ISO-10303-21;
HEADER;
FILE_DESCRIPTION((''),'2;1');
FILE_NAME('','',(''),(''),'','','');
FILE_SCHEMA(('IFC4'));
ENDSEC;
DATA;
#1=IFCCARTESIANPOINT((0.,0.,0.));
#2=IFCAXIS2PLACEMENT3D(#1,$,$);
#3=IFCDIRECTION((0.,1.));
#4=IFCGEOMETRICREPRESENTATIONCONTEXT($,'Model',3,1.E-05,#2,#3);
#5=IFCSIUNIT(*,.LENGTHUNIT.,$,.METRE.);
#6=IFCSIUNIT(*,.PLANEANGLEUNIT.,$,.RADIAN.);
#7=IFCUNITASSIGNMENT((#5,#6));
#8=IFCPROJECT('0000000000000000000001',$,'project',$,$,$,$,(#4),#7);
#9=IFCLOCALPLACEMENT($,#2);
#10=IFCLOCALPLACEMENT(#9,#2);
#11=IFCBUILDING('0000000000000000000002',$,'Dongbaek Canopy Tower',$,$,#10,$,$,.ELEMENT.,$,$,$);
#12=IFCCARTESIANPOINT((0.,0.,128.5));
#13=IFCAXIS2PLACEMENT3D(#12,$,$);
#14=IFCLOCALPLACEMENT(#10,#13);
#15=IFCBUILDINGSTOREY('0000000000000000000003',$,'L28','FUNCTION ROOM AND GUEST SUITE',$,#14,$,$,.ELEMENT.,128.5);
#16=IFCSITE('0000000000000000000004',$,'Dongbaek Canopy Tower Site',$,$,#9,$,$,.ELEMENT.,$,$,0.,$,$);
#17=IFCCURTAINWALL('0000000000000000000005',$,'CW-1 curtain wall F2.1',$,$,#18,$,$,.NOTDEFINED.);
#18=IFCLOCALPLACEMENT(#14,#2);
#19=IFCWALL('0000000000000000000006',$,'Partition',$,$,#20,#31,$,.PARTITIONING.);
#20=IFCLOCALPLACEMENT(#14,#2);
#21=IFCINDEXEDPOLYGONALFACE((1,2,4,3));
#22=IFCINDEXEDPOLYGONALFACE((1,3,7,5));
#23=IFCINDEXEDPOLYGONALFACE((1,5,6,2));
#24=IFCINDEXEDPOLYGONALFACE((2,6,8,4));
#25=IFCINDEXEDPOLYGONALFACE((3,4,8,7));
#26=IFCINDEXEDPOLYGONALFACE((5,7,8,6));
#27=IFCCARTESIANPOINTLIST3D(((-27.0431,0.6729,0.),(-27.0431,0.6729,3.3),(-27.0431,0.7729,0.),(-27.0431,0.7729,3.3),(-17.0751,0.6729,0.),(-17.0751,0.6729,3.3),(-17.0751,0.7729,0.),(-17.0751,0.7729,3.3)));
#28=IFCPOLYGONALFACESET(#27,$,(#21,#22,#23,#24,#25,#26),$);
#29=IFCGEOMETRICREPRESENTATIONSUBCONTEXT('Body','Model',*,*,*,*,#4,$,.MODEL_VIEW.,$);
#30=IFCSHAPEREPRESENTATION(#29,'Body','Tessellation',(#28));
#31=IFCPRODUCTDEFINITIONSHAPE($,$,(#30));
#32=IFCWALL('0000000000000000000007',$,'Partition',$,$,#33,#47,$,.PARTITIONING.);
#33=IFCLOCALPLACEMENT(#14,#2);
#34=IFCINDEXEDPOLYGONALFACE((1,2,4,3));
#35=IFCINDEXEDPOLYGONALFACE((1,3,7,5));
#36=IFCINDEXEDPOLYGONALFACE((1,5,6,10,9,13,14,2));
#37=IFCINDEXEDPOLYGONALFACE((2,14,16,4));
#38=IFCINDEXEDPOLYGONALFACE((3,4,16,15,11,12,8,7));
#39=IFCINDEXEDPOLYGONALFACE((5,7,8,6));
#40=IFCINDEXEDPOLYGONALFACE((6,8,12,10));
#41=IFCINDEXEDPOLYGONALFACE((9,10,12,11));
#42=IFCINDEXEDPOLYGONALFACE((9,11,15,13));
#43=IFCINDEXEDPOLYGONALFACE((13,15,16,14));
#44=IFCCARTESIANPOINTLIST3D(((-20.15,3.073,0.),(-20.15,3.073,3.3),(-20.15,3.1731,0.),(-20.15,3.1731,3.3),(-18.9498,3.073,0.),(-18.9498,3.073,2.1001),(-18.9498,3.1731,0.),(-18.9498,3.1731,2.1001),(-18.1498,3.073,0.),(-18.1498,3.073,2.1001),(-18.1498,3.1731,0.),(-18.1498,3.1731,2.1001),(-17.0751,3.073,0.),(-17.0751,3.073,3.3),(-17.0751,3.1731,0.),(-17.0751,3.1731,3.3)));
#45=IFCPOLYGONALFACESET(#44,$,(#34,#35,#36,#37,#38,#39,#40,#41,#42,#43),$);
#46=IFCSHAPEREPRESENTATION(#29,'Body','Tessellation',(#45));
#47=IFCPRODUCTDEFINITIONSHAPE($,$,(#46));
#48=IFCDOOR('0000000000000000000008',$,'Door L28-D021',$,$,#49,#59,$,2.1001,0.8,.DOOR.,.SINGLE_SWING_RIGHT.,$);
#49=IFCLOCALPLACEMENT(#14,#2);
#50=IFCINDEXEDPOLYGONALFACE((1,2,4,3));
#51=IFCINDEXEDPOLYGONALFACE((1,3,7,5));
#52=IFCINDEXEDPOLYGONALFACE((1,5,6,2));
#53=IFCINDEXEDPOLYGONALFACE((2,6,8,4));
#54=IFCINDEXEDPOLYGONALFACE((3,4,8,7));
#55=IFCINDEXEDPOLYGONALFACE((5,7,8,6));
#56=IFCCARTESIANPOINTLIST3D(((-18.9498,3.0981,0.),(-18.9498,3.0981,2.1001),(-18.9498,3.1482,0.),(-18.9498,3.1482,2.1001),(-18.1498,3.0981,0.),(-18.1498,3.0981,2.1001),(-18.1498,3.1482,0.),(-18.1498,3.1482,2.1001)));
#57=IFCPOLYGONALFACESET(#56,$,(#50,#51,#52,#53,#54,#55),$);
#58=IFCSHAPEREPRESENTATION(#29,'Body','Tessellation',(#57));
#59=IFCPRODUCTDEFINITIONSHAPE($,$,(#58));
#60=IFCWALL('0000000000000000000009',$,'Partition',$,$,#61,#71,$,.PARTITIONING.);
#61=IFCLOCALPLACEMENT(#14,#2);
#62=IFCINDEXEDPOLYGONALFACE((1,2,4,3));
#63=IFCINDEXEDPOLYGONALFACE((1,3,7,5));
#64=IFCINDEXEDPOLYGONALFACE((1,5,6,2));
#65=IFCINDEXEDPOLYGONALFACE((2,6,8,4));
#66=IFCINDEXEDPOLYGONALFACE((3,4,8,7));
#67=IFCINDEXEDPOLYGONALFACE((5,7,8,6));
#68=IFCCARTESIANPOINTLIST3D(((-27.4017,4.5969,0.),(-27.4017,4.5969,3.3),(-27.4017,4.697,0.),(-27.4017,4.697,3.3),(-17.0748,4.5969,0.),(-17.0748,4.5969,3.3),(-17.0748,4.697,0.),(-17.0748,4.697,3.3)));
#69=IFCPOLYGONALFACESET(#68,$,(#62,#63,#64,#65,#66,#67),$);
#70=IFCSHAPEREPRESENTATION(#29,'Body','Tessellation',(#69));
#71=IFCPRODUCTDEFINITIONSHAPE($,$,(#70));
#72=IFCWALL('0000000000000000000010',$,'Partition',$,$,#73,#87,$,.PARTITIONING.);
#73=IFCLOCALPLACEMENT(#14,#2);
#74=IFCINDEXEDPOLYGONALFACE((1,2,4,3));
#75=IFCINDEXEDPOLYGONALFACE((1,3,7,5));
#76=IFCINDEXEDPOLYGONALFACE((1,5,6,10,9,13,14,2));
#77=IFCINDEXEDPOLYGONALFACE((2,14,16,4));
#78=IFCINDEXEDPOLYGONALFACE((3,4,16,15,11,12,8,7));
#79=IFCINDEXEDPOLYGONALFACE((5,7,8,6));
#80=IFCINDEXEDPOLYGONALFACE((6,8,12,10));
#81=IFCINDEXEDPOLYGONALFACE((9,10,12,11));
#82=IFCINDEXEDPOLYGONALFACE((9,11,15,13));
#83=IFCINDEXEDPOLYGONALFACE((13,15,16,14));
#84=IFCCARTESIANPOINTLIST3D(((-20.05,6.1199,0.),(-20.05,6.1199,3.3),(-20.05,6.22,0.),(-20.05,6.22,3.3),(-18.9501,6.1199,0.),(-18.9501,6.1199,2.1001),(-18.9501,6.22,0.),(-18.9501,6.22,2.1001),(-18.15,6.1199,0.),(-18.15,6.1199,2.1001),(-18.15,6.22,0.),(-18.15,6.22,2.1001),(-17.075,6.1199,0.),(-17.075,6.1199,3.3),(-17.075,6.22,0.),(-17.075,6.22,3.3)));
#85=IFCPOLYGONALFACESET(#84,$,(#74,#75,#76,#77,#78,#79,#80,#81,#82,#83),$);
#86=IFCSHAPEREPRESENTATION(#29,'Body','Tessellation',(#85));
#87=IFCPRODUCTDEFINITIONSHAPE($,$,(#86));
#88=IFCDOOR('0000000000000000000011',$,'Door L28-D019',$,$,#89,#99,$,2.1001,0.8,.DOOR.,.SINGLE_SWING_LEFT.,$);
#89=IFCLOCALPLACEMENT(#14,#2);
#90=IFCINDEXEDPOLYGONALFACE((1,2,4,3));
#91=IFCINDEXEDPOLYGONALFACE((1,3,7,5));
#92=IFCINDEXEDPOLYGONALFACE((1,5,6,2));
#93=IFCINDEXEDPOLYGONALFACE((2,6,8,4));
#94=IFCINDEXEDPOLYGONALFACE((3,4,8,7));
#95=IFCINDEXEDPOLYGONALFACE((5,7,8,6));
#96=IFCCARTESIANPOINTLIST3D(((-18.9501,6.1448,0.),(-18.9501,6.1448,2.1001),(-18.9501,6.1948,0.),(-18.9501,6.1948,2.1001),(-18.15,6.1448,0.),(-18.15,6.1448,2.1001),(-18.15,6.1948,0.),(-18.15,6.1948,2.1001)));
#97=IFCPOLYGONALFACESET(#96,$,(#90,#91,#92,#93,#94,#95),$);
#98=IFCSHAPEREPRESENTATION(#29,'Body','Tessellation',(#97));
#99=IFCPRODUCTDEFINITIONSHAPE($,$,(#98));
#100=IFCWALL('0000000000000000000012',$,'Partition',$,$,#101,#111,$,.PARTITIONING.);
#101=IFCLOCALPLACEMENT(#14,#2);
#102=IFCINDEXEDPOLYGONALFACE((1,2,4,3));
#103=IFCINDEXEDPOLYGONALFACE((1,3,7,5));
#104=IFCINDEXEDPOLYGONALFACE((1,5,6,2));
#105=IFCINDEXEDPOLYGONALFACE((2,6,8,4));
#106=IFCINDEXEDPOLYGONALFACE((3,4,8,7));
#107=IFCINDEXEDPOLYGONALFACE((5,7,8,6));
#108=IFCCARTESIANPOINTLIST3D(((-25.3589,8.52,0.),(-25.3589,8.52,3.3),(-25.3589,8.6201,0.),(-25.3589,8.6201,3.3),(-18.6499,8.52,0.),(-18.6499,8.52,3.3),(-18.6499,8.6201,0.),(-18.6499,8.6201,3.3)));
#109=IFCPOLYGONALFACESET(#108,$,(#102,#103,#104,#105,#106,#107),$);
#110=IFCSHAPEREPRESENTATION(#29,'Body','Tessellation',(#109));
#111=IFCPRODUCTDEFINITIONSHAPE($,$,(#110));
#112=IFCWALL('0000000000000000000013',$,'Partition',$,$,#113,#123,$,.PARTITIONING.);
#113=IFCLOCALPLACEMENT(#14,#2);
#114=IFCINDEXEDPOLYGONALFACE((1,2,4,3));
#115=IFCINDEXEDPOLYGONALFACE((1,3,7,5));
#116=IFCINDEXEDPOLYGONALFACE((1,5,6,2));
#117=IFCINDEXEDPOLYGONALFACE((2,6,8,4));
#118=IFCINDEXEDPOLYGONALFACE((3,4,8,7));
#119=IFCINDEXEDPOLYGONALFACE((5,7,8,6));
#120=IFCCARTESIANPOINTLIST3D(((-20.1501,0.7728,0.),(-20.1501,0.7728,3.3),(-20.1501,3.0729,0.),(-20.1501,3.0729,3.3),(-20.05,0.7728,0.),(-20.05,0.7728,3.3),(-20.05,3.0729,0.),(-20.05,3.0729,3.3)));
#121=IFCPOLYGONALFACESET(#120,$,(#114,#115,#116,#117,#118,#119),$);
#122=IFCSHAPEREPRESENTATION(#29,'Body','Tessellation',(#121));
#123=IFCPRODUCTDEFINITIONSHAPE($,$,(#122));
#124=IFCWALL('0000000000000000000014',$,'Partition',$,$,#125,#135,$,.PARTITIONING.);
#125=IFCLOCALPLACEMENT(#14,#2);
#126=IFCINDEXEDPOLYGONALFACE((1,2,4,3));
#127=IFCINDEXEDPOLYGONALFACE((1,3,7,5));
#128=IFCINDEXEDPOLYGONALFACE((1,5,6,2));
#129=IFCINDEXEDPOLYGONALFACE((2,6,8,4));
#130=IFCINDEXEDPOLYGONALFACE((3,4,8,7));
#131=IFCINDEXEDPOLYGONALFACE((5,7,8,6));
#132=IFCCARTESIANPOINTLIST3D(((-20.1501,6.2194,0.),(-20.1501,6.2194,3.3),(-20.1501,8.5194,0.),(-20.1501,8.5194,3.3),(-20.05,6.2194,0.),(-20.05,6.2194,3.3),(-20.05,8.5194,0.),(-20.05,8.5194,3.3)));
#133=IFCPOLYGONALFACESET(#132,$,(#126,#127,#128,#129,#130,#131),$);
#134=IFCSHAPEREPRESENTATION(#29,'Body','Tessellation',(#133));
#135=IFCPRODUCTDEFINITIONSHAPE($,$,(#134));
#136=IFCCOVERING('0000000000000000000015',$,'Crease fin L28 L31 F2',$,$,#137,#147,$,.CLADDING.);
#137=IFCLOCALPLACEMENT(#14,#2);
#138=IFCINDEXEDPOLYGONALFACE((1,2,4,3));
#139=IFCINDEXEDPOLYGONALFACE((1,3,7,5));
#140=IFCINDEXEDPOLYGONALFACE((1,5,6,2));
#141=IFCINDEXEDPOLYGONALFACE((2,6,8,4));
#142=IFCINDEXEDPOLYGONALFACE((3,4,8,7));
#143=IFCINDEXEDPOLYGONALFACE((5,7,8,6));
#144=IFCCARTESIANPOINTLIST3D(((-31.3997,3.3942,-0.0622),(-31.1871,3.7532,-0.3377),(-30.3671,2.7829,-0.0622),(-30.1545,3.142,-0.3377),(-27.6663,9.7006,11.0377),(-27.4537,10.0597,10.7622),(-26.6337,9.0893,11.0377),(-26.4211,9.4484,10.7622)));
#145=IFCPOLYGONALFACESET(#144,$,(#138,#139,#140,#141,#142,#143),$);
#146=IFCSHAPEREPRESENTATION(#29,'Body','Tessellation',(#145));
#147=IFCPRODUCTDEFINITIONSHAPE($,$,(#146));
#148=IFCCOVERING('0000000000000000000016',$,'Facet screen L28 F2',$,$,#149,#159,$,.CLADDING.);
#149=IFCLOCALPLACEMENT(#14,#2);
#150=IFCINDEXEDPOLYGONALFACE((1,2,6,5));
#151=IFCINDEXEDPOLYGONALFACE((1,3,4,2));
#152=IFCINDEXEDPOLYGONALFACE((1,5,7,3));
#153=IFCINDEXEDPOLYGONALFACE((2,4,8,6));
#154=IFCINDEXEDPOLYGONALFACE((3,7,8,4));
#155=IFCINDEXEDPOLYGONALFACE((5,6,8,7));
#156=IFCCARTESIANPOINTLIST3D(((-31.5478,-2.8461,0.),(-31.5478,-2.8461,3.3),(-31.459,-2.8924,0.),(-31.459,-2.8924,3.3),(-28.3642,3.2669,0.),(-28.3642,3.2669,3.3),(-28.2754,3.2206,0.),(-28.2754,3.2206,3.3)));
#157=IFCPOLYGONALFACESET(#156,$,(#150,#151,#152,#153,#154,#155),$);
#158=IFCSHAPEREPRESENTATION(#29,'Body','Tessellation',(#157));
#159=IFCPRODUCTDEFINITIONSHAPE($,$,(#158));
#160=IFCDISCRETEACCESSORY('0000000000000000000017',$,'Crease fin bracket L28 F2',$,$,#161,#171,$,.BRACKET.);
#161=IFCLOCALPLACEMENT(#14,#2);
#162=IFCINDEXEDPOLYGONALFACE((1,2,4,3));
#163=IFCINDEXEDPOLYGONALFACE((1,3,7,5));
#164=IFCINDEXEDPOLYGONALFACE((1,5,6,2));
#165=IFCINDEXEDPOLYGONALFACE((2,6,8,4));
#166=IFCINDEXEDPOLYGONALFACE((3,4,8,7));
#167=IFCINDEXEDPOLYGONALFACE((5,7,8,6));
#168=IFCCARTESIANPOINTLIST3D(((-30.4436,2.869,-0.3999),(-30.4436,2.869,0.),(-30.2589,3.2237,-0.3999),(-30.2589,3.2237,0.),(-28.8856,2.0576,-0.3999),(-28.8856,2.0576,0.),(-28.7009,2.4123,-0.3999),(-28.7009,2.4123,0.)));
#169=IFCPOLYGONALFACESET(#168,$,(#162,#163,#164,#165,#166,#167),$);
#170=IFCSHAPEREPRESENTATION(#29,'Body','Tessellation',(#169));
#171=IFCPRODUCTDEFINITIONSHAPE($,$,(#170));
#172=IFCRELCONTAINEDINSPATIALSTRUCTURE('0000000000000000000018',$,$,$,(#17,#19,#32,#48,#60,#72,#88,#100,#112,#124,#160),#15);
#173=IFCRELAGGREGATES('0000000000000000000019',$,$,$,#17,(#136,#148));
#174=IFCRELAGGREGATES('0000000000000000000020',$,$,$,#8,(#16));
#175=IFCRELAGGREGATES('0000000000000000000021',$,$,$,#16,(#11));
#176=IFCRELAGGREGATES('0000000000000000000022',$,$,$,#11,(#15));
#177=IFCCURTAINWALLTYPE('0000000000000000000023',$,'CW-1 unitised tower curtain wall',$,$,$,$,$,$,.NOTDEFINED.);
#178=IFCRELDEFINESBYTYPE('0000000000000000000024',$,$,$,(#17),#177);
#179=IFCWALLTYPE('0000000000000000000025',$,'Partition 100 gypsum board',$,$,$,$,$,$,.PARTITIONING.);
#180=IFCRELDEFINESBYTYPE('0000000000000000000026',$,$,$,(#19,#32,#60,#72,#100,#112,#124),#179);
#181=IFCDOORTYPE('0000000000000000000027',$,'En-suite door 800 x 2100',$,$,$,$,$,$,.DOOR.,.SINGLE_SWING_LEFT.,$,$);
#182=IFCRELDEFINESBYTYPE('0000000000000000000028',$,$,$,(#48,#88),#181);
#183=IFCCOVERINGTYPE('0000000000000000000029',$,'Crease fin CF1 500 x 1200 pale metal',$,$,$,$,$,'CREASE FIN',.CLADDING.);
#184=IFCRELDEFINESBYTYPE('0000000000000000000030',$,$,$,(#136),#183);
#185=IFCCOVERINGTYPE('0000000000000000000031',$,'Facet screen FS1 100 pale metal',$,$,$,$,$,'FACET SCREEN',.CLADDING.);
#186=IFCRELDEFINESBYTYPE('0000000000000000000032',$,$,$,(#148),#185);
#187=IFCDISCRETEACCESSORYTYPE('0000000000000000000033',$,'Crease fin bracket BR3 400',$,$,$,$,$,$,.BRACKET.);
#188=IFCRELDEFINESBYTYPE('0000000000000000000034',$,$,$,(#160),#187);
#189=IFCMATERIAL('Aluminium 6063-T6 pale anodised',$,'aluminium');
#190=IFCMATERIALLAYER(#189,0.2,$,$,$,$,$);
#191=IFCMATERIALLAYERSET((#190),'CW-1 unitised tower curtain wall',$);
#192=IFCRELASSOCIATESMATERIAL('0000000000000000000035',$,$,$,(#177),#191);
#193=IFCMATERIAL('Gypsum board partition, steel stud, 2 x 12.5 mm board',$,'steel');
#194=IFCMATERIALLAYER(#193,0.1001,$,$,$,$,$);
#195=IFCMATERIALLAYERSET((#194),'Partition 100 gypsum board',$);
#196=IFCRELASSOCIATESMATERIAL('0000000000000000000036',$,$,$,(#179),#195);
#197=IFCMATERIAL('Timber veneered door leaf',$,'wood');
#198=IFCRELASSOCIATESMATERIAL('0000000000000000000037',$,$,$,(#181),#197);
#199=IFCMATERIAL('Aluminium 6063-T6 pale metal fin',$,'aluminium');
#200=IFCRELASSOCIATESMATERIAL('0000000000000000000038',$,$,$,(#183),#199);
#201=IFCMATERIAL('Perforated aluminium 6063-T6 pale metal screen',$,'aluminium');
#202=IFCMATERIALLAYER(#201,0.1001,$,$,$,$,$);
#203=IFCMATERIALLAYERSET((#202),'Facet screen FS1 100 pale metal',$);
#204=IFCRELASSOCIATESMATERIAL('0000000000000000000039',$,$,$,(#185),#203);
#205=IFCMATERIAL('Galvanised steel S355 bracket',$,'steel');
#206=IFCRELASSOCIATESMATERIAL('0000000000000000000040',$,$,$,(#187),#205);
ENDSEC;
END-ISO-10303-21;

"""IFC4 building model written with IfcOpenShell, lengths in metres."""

from ifc_helpers import new_model, si_unit, direction, frame, frame_2d, origin, origin_2d, place, context, subcontext, project, spatial, rectangle, extrude, material, layer, layer_set, material_profile, profile_set, type_object, element, fill, aggregate, save


model = new_model("IFC4")

# Units and contexts
model_context = context("Model", 3, precision=1e-05, world=origin(), true_north=direction((0.0, 1.0)))
body_context = subcontext(model_context, "Body", "Model", "MODEL_VIEW")
ifc_project = project(units=[si_unit("LENGTHUNIT", "METRE"), si_unit("PLANEANGLEUNIT", "RADIAN")], contexts=[model_context])

# Site, building, storey
site_placement = place(None, origin())
site = spatial("IfcSite", under=ifc_project, at=site_placement, Name="Dongbaek Canopy Tower Site", CompositionType="ELEMENT", RefElevation=0.0)
building_placement = place(site_placement, origin())
building = spatial("IfcBuilding", under=site, at=building_placement, Name="Dongbaek Canopy Tower", CompositionType="ELEMENT")
storey_placement = place(building_placement, frame((0.0, 0.0, 128.5)))
storey = spatial("IfcBuildingStorey", under=building, at=storey_placement, Name="L28", Description="FUNCTION ROOM AND GUEST SUITE", CompositionType="ELEMENT", Elevation=128.5)

# Curtain wall
ifc_material_1 = material(Name="Aluminium 6063-T6 pale anodised", Category="aluminium")
ifc_layer_1 = layer(ifc_material_1, 0.2)
ifc_layer_set_1 = layer_set([ifc_layer_1], Name="CW-1 unitised tower curtain wall")
curtain_wall_type = type_object("IfcCurtainWallType", Name="CW-1 unitised tower curtain wall", PredefinedType="NOTDEFINED", material=ifc_layer_set_1)
curtain_wall_placement = place(storey_placement, origin())
curtain_wall = element("IfcCurtainWall", 1, at=curtain_wall_placement, inside=storey, type_object=curtain_wall_type, Name="CW-1 curtain wall F2.1", PredefinedType="NOTDEFINED")

# Wall
ifc_material_2 = material(Name="Gypsum board partition, steel stud, 2 x 12.5 mm board", Category="steel")
ifc_layer_2 = layer(ifc_material_2, 0.1001)
ifc_layer_set_2 = layer_set([ifc_layer_2], Name="Partition 100 gypsum board")
wall_type = type_object("IfcWallType", Name="Partition 100 gypsum board", PredefinedType="PARTITIONING", material=ifc_layer_set_2)
wall_1_placement = place(storey_placement, frame((-27.043, 0.7229, 0.0), z_axis=(0.0, 0.0, 1.0), x_axis=(1.0, 0.0, 0.0)))
element("IfcWall", 2, at=wall_1_placement, inside=storey, type_object=wall_type, Name="Partition", PredefinedType="PARTITIONING", context=body_context, shape_type="SweptSolid", body=[
    extrude(rectangle(XDim=9.968, YDim=0.1001, at=frame_2d((4.9839, 0.0))), origin(), (0.0, 0.0, 1.0), 3.3),
])

# Wall, opening, door
wall_2_placement = place(storey_placement, frame((-17.075, 3.123, 0.0), z_axis=(0.0, 0.0, 1.0), x_axis=(-1.0, 0.0, 0.0)))
wall_2 = element("IfcWall", 3, at=wall_2_placement, inside=storey, type_object=wall_type, Name="Partition", PredefinedType="PARTITIONING", context=body_context, shape_type="SweptSolid", body=[
    extrude(rectangle(XDim=3.075, YDim=0.1001, at=frame_2d((1.5376, 0.0))), origin(), (0.0, 0.0, 1.0), 3.3),
])
opening_1_placement = place(wall_2_placement, frame((1.075, 0.0, 0.0)))
opening_1 = element("IfcOpeningElement", 4, at=opening_1_placement, cuts=wall_2, PredefinedType="OPENING", context=body_context, shape_type="SweptSolid", body=[
    extrude(rectangle(XDim=0.8, YDim=2.1001, at=frame_2d((0.3999, 1.05))), frame((0.0, 0.0601, 0.0), z_axis=(0.0, -1.0, 0.0), x_axis=(1.0, 0.0, 0.0)), (0.0, 0.0, 1.0), 0.1201),
])
ifc_material_3 = material(Name="Timber veneered door leaf", Category="wood")
door_type = type_object("IfcDoorType", Name="En-suite door 800 x 2100", OperationType="SINGLE_SWING_LEFT", PredefinedType="DOOR", material=ifc_material_3)
door_1_placement = place(opening_1_placement, origin())
door_1 = element("IfcDoor", 5, at=door_1_placement, inside=storey, type_object=door_type, Name="Door L28-D021", OperationType="SINGLE_SWING_RIGHT", OverallHeight=2.1001, OverallWidth=0.8, PredefinedType="DOOR", context=body_context, shape_type="SweptSolid", body=[
    extrude(rectangle(XDim=0.8, YDim=2.1001, at=frame_2d((0.3999, 1.05))), frame((0.0, 0.0249, 0.0), z_axis=(0.0, -1.0, 0.0), x_axis=(1.0, 0.0, 0.0)), (0.0, 0.0, 1.0), 0.05),
])
fill(opening_1, door_1)

# Wall
wall_3_placement = place(storey_placement, frame((-27.4019, 4.647, 0.0), z_axis=(0.0, 0.0, 1.0), x_axis=(1.0, 0.0, 0.0)))
element("IfcWall", 6, at=wall_3_placement, inside=storey, type_object=wall_type, Name="Partition", PredefinedType="PARTITIONING", context=body_context, shape_type="SweptSolid", body=[
    extrude(rectangle(XDim=10.3269, YDim=0.1001, at=frame_2d((5.1636, 0.0))), origin(), (0.0, 0.0, 1.0), 3.3),
])

# Wall, opening, door
wall_4_placement = place(storey_placement, frame((-20.05, 6.1699, 0.0), z_axis=(0.0, 0.0, 1.0), x_axis=(1.0, 0.0, 0.0)))
wall_4 = element("IfcWall", 7, at=wall_4_placement, inside=storey, type_object=wall_type, Name="Partition", PredefinedType="PARTITIONING", context=body_context, shape_type="SweptSolid", body=[
    extrude(rectangle(XDim=2.9751, YDim=0.1001, at=frame_2d((1.4875, 0.0))), origin(), (0.0, 0.0, 1.0), 3.3),
])
opening_2_placement = place(wall_4_placement, frame((1.1001, 0.0, 0.0)))
opening_2 = element("IfcOpeningElement", 8, at=opening_2_placement, cuts=wall_4, PredefinedType="OPENING", context=body_context, shape_type="SweptSolid", body=[
    extrude(rectangle(XDim=0.8, YDim=2.1001, at=frame_2d((0.3999, 1.05))), frame((0.0, 0.0601, 0.0), z_axis=(0.0, -1.0, 0.0), x_axis=(1.0, 0.0, 0.0)), (0.0, 0.0, 1.0), 0.1201),
])
door_2_placement = place(opening_2_placement, origin())
door_2 = element("IfcDoor", 9, at=door_2_placement, inside=storey, type_object=door_type, Name="Door L28-D019", OperationType="SINGLE_SWING_LEFT", OverallHeight=2.1001, OverallWidth=0.8, PredefinedType="DOOR", context=body_context, shape_type="SweptSolid", body=[
    extrude(rectangle(XDim=0.8, YDim=2.1001, at=frame_2d((0.3999, 1.05))), frame((0.0, 0.0249, 0.0), z_axis=(0.0, -1.0, 0.0), x_axis=(1.0, 0.0, 0.0)), (0.0, 0.0, 1.0), 0.05),
])
fill(opening_2, door_2)

# Walls
wall_5_placement = place(storey_placement, frame((-25.3589, 8.5701, 0.0), z_axis=(0.0, 0.0, 1.0), x_axis=(1.0, 0.0, 0.0)))
element("IfcWall", 10, at=wall_5_placement, inside=storey, type_object=wall_type, Name="Partition", PredefinedType="PARTITIONING", context=body_context, shape_type="SweptSolid", body=[
    extrude(rectangle(XDim=6.709, YDim=0.1001, at=frame_2d((3.3545, 0.0))), origin(), (0.0, 0.0, 1.0), 3.3),
])
for number, where, z_axis, x_axis, name in (
    (11, (-20.1001, 0.7729, 0.0), (0.0, 0.0, 1.0), (0.0, 1.0, 0.0), "Partition"),
    (12, (-20.1001, 6.2195, 0.0), (0.0, 0.0, 1.0), (0.0, 1.0, 0.0), "Partition"),
):
    element("IfcWall", number, at=place(storey_placement, frame(where, z_axis=z_axis, x_axis=x_axis)), inside=storey, type_object=wall_type, Name=name, PredefinedType="PARTITIONING", context=body_context, shape_type="SweptSolid", body=[
        extrude(rectangle(XDim=2.3, YDim=0.1001, at=frame_2d((1.1499, 0.0))), origin(), (0.0, 0.0, 1.0), 3.3),
    ])

# Coverings
ifc_material_4 = material(Name="Aluminium 6063-T6 pale metal fin", Category="aluminium")
ifc_material_profile_1 = material_profile(ifc_material_4, rectangle(XDim=1.2, YDim=0.5, at=origin_2d()), Name="Crease fin CF1 500 x 1200 pale metal")
ifc_profile_set_1 = profile_set([ifc_material_profile_1], Name="Aluminium 6063-T6 pale metal fin")
covering_type_1 = type_object("IfcCoveringType", Name="Crease fin CF1 500 x 1200 pale metal", ElementType="CREASE FIN", PredefinedType="CLADDING", material=ifc_profile_set_1)
covering_1_placement = place(storey_placement, frame((-30.7771, 3.2681, -0.2), z_axis=(0.280686, 0.474131, 0.834515), x_axis=(-0.860514, 0.509426, 0.0)))
covering_1 = element("IfcCovering", 13, at=covering_1_placement, type_object=covering_type_1, Name="Crease fin L28 L31 F2", PredefinedType="CLADDING", context=body_context, shape_type="SweptSolid", body=[
    extrude(rectangle(XDim=1.2, YDim=0.5, at=origin_2d()), origin(), (0.0, 0.0, 1.0), 13.301),
])
ifc_material_5 = material(Name="Perforated aluminium 6063-T6 pale metal screen", Category="aluminium")
ifc_layer_3 = layer(ifc_material_5, 0.1001)
ifc_layer_set_3 = layer_set([ifc_layer_3], Name="Facet screen FS1 100 pale metal")
covering_type_2 = type_object("IfcCoveringType", Name="Facet screen FS1 100 pale metal", ElementType="FACET SCREEN", PredefinedType="CLADDING", material=ifc_layer_set_3)
covering_2_placement = place(storey_placement, frame((-29.9116, 0.1873, 0.0), z_axis=(0.0, 0.0, 1.0), x_axis=(-0.46191, -0.886927, 0.0)))
covering_2 = element("IfcCovering", 14, at=covering_2_placement, type_object=covering_type_2, Name="Facet screen L28 F2", PredefinedType="CLADDING", context=body_context, shape_type="SweptSolid", body=[
    extrude(rectangle(XDim=6.8923, YDim=0.1001, at=origin_2d()), origin(), (0.0, 0.0, 1.0), 3.3),
])
aggregate(curtain_wall, [covering_1, covering_2])

# Discrete accessory
ifc_material_6 = material(Name="Galvanised steel S355 bracket", Category="steel")
discrete_accessory_type = type_object("IfcDiscreteAccessoryType", Name="Crease fin bracket BR3 400", PredefinedType="BRACKET", material=ifc_material_6)
discrete_accessory_placement = place(storey_placement, frame((-29.5723, 2.6406, -0.3999), z_axis=(0.0, 0.0, 1.0), x_axis=(-0.886927, 0.46191, 0.0)))
element("IfcDiscreteAccessory", 15, at=discrete_accessory_placement, inside=storey, type_object=discrete_accessory_type, Name="Crease fin bracket L28 F2", PredefinedType="BRACKET", context=body_context, shape_type="SweptSolid", body=[
    extrude(rectangle(XDim=1.7566, YDim=0.3999, at=origin_2d()), origin(), (0.0, 0.0, 1.0), 0.3999),
])

save(model, "model.ifc")
